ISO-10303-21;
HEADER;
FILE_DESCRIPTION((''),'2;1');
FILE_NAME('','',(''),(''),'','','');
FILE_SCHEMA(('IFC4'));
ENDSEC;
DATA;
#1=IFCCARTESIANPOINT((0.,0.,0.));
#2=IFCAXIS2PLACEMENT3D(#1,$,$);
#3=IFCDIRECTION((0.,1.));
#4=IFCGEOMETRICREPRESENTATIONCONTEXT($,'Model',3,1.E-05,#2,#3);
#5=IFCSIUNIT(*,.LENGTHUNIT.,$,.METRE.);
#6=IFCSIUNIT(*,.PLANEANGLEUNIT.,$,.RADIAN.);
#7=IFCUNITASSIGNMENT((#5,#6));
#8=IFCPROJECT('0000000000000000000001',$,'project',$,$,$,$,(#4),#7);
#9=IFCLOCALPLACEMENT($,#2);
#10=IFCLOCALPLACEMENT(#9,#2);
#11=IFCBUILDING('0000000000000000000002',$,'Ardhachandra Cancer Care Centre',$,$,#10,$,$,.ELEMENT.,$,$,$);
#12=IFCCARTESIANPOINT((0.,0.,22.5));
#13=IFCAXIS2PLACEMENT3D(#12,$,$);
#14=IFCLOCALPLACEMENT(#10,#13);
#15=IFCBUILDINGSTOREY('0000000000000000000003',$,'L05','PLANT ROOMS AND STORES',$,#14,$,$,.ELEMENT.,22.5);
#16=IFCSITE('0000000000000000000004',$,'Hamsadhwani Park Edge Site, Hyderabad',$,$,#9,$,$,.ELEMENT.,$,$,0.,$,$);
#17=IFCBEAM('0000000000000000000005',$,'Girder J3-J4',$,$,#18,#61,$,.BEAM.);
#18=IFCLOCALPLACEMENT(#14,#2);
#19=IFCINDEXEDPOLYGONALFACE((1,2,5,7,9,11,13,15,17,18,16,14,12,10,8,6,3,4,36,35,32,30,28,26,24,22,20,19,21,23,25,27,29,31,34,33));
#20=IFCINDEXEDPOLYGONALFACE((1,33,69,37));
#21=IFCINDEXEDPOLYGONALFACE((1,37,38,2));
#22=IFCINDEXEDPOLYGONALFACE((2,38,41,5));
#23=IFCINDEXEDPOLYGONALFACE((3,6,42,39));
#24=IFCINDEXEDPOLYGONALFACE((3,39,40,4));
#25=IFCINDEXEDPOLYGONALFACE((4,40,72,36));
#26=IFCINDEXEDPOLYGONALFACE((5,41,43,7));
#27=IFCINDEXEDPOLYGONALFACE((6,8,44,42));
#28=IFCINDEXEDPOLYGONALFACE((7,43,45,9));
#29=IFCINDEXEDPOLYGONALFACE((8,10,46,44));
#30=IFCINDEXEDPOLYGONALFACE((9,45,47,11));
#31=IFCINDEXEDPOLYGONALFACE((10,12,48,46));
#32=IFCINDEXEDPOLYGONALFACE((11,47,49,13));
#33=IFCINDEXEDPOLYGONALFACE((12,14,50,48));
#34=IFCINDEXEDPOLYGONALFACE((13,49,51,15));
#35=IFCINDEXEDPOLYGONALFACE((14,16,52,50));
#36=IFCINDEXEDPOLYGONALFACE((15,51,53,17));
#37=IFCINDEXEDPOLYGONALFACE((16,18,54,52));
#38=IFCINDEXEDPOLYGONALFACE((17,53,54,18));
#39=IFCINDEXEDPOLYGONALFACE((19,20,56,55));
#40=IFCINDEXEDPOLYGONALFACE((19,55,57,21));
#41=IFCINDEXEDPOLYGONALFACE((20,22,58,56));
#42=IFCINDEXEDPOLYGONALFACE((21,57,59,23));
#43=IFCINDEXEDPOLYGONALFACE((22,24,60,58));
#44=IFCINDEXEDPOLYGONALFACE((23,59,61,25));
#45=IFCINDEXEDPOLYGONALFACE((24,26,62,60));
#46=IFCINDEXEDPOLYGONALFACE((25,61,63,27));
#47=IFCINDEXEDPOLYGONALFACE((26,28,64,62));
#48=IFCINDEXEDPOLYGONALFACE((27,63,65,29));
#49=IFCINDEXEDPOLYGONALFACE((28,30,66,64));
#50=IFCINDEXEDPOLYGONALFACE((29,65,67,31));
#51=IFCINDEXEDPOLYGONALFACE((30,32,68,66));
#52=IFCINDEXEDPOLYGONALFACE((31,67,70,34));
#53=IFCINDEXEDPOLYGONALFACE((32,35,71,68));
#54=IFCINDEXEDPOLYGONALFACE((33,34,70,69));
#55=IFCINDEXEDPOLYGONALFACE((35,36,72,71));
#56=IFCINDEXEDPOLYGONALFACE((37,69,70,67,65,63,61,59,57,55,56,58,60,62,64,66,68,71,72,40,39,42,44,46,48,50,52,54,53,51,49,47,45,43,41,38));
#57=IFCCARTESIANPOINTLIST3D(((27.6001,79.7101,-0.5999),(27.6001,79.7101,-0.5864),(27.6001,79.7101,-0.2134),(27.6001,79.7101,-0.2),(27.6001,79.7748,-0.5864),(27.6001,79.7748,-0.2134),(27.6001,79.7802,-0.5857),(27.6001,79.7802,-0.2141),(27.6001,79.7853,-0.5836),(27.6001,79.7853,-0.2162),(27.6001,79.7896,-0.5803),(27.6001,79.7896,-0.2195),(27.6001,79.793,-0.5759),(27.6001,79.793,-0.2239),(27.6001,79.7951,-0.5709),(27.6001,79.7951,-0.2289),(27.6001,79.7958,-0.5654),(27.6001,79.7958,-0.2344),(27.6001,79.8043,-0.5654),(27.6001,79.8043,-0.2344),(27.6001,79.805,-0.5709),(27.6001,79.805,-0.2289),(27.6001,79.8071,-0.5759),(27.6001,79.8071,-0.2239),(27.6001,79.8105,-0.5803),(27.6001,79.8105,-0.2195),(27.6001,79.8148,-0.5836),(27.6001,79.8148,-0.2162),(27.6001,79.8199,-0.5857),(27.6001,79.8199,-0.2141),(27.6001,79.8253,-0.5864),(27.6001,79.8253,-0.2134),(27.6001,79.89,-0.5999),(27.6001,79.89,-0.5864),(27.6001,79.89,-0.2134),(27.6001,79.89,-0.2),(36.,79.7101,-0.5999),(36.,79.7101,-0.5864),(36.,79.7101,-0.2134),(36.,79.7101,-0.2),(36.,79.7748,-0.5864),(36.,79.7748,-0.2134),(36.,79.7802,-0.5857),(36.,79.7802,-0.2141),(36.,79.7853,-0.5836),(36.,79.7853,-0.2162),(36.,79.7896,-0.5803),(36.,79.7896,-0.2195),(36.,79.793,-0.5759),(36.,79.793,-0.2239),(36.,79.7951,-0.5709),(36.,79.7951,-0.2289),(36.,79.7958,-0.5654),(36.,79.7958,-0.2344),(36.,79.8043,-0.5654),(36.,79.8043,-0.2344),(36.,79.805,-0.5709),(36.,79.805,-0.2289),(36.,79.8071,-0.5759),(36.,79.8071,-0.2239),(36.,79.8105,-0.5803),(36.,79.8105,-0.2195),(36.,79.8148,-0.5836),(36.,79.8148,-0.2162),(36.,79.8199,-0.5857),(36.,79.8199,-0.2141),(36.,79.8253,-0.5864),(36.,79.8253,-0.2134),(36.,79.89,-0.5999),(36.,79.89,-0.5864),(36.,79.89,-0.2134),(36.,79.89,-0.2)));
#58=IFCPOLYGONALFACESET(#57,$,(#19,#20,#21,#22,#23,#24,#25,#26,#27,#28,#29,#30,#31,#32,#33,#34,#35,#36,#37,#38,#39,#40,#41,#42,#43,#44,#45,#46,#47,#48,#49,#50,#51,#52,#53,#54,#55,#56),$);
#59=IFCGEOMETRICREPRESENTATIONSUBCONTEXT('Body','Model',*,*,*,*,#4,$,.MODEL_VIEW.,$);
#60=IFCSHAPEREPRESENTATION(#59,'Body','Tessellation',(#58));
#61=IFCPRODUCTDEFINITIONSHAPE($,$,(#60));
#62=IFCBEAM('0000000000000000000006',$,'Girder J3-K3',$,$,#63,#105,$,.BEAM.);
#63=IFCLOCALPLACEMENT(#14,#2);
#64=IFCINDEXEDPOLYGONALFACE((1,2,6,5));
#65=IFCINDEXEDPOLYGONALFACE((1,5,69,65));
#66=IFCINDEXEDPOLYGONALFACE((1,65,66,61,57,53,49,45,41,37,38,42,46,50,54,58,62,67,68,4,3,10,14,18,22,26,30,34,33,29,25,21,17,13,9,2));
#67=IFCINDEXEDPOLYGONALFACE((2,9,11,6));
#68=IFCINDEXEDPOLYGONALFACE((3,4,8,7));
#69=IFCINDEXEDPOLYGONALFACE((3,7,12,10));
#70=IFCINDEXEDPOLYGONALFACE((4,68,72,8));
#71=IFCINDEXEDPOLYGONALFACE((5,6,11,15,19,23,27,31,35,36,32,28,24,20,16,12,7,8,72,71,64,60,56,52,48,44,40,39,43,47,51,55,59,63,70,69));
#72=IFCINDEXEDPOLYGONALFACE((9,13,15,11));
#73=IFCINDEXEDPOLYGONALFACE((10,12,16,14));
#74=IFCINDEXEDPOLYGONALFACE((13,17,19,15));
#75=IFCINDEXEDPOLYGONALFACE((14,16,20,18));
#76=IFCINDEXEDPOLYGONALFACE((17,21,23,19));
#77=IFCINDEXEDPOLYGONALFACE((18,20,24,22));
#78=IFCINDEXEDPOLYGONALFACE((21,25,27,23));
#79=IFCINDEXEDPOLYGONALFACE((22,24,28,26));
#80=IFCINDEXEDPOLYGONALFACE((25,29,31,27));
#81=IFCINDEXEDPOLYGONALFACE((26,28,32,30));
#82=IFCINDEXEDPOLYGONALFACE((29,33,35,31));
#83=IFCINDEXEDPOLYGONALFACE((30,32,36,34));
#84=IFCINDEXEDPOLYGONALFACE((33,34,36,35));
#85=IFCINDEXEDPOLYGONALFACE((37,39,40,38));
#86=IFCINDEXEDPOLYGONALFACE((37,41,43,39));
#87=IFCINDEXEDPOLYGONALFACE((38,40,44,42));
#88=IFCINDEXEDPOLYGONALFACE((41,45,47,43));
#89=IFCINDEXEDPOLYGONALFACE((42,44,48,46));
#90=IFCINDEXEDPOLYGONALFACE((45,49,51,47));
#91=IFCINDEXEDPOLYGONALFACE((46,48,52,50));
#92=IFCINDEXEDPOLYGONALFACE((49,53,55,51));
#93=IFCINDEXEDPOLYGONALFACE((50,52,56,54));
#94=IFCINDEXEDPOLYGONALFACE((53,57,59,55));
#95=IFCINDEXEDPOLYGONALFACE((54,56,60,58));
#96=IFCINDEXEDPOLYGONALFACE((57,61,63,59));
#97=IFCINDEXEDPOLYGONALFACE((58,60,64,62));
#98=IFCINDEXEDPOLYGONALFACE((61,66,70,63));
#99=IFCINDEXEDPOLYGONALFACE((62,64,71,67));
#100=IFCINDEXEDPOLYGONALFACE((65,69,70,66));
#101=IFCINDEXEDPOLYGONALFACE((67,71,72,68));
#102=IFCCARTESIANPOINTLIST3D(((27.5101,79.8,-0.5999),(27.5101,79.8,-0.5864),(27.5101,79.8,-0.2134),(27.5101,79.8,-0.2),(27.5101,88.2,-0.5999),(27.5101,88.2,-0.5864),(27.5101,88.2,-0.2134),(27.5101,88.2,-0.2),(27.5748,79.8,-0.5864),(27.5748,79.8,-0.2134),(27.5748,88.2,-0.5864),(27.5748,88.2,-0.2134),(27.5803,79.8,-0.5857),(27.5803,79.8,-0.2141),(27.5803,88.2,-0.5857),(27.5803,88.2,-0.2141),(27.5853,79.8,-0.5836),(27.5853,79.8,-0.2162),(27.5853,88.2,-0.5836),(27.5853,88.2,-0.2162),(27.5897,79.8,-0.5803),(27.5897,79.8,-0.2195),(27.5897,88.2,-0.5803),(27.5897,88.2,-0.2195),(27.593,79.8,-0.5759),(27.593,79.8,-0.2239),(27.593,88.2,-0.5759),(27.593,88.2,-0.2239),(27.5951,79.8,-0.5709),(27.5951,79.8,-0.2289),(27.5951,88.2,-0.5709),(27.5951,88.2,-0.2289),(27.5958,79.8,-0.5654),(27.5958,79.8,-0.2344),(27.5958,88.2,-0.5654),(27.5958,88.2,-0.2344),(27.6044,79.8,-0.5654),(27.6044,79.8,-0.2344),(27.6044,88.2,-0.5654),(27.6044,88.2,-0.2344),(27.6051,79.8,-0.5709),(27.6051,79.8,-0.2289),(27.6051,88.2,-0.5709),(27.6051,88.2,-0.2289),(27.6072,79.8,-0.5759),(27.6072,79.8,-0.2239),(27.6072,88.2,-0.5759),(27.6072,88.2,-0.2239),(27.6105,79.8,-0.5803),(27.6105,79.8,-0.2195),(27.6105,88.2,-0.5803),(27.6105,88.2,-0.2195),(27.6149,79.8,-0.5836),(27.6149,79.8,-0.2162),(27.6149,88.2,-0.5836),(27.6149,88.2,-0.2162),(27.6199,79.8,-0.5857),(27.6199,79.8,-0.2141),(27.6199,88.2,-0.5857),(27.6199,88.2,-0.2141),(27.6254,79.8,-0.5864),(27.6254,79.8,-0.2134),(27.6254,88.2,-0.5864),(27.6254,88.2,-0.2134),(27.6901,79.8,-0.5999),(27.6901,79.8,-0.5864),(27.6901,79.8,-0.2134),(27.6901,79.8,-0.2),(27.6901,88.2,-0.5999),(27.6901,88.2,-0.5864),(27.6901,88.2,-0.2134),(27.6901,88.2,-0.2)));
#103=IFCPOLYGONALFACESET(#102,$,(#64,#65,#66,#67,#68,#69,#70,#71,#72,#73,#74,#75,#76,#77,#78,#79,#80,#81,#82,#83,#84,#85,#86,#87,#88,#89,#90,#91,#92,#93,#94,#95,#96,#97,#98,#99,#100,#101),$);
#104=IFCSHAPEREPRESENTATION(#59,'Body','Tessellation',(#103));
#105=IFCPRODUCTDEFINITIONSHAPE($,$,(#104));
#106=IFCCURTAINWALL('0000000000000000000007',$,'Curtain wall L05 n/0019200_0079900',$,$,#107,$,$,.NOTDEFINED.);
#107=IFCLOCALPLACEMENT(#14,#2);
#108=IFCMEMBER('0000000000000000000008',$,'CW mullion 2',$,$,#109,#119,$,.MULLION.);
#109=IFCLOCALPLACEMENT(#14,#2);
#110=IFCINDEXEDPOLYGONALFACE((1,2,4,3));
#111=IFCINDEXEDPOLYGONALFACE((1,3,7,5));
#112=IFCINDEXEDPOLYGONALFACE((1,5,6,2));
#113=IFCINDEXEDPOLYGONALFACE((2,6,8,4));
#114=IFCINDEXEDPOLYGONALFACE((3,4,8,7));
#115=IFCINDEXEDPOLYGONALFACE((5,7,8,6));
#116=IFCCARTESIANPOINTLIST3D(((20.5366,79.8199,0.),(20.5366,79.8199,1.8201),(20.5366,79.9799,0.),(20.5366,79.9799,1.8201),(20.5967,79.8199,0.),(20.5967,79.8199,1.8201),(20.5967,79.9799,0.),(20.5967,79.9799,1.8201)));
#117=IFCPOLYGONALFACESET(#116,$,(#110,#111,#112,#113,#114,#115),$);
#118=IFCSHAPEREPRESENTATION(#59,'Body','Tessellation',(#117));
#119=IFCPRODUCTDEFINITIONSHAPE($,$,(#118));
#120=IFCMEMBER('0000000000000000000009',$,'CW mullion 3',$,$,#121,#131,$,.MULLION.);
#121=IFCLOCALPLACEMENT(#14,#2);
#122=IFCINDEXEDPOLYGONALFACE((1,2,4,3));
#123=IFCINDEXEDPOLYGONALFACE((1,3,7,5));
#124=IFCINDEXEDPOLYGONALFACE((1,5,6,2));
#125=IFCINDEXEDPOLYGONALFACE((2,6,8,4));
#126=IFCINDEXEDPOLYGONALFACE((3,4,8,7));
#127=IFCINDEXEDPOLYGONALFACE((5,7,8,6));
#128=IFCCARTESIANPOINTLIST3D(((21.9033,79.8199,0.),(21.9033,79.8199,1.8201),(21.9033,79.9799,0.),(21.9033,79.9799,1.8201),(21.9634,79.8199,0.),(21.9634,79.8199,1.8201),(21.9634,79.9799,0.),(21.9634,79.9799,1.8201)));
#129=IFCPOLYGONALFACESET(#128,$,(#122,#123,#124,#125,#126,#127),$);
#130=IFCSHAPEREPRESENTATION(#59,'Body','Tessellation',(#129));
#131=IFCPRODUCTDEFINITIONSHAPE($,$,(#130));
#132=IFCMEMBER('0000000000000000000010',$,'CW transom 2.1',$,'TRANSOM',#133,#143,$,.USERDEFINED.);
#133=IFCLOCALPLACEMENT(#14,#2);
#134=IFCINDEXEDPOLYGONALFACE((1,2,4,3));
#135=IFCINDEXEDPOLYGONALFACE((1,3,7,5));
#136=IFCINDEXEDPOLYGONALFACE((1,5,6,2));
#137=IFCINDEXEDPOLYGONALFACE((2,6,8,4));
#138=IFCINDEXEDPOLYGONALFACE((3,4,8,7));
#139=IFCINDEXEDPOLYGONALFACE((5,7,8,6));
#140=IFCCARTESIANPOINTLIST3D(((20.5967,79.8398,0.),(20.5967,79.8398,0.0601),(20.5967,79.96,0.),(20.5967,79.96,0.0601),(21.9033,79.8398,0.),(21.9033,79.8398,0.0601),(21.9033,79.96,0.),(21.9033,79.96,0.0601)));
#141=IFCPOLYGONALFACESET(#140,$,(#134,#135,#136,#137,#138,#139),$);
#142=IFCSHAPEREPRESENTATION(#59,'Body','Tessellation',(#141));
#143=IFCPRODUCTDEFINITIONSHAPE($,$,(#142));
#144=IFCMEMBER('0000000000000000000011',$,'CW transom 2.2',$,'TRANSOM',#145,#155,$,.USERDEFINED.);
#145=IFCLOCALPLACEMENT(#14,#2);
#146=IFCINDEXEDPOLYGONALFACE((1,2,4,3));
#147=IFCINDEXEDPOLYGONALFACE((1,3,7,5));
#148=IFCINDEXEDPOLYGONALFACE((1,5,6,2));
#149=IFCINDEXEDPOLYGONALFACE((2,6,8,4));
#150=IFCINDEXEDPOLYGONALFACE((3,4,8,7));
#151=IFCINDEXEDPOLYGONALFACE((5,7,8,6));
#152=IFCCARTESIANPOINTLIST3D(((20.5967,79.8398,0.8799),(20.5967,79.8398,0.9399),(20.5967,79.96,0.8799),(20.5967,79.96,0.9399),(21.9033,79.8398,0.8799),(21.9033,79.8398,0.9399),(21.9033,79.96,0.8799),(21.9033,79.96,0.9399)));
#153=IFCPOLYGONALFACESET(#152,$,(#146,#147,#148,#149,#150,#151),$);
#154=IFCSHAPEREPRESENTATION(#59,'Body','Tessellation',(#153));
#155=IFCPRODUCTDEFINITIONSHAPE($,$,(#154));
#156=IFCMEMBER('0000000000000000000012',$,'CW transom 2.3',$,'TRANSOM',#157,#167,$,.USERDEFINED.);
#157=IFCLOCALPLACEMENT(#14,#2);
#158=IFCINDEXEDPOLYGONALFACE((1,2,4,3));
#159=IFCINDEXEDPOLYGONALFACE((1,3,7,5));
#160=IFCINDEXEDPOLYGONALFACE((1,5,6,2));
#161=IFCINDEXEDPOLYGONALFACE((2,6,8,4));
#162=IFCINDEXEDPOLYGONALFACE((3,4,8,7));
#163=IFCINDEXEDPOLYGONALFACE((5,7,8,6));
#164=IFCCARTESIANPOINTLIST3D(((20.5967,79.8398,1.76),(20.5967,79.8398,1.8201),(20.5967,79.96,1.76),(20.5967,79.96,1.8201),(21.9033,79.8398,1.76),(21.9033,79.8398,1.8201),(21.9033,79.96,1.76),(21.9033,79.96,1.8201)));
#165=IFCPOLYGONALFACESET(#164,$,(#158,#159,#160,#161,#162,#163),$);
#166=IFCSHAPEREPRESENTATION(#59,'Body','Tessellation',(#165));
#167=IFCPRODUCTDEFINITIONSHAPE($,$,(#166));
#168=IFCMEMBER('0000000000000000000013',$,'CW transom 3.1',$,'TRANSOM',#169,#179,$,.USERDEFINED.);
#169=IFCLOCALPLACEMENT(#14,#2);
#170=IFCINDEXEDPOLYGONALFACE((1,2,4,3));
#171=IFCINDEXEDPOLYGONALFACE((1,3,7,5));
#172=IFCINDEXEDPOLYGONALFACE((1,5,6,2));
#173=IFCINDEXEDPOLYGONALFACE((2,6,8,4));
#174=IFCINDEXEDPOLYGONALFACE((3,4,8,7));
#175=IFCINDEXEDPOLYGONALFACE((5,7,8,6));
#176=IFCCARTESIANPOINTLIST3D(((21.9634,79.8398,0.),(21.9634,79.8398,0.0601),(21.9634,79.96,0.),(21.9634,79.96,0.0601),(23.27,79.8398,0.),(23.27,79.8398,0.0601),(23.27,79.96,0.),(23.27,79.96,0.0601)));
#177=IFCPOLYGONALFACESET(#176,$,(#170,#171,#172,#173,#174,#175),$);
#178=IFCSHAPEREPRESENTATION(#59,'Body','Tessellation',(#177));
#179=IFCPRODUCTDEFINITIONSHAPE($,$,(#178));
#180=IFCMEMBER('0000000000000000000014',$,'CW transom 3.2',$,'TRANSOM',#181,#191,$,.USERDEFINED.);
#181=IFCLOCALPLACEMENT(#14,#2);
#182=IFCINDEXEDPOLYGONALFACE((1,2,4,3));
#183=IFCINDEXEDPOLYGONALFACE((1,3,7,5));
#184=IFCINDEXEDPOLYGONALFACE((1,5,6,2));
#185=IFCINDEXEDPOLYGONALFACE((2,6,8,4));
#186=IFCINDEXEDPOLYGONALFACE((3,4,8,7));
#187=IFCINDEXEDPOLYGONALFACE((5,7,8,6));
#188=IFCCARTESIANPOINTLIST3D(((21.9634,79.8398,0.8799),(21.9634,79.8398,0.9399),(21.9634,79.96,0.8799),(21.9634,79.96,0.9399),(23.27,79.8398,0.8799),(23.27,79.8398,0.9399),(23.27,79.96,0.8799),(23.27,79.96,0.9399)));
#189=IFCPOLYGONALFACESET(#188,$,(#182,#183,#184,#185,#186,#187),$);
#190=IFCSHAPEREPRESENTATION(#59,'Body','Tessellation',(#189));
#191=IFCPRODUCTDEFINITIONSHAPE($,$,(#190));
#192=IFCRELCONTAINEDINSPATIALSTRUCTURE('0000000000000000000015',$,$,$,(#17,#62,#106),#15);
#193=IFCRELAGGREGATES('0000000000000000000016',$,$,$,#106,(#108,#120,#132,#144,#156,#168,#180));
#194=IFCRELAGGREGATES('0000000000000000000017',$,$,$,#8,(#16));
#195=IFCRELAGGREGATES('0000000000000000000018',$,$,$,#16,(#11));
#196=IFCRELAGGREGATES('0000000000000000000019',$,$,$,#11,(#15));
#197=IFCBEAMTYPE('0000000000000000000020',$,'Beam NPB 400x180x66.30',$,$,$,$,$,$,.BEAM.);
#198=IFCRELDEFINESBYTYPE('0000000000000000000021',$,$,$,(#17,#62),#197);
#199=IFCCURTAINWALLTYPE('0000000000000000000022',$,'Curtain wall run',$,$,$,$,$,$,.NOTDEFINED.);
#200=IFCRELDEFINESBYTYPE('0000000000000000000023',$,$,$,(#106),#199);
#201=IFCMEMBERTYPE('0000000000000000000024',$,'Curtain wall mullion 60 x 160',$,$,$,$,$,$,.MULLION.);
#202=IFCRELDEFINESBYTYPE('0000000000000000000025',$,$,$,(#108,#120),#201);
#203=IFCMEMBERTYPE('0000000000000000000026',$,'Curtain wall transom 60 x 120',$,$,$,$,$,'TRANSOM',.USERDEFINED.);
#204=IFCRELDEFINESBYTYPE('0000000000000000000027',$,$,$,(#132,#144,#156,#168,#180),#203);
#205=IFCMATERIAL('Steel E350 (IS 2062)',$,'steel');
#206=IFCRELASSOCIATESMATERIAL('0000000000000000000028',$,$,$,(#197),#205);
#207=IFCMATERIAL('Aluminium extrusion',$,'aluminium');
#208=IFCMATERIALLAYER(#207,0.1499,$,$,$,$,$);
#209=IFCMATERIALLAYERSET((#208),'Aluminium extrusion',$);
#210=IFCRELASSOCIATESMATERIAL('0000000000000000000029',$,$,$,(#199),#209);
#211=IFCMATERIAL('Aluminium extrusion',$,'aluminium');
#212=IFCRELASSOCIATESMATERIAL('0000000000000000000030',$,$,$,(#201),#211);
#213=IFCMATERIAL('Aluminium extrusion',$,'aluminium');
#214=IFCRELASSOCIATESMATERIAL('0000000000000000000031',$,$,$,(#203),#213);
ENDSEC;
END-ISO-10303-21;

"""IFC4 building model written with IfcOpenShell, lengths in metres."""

from ifc_helpers import new_model, si_unit, direction, frame, origin, origin_2d, place, context, subcontext, project, spatial, rectangle, i_section, extrude, material, layer, layer_set, material_profile, profile_set, type_object, element, aggregate, save


model = new_model("IFC4")

# Units and contexts
model_context = context("Model", 3, precision=1e-05, world=origin(), true_north=direction((0.0, 1.0)))
body_context = subcontext(model_context, "Body", "Model", "MODEL_VIEW")
ifc_project = project(units=[si_unit("LENGTHUNIT", "METRE"), si_unit("PLANEANGLEUNIT", "RADIAN")], contexts=[model_context])

# Site, building, storey
site_placement = place(None, origin())
site = spatial("IfcSite", under=ifc_project, at=site_placement, Name="Hamsadhwani Park Edge Site, Hyderabad", CompositionType="ELEMENT", RefElevation=0.0)
building_placement = place(site_placement, origin())
building = spatial("IfcBuilding", under=site, at=building_placement, Name="Ardhachandra Cancer Care Centre", CompositionType="ELEMENT")
storey_placement = place(building_placement, frame((0.0, 0.0, 22.5)))
storey = spatial("IfcBuildingStorey", under=building, at=storey_placement, Name="L05", Description="PLANT ROOMS AND STORES", CompositionType="ELEMENT", Elevation=22.5)

# Beams
ifc_material_1 = material(Name="Steel E350 (IS 2062)", Category="steel")
ifc_material_profile_1 = material_profile(ifc_material_1, i_section(OverallWidth=0.1799, OverallDepth=0.3999, WebThickness=0.0085, FlangeThickness=0.0134, FilletRadius=0.021, at=origin_2d()), Name="NPB 400x180x66.30")
ifc_profile_set_1 = profile_set([ifc_material_profile_1], Name="Steel E350 (IS 2062)")
beam_type_1 = type_object("IfcBeamType", Name="Beam NPB 400x180x66.30", PredefinedType="BEAM", material=ifc_profile_set_1)
for number, where, z_axis, x_axis, name in (
    (1, (27.6001, 79.8, -0.3999), (1.0, 0.0, 0.0), (0.0, 1.0, 0.0), "Girder J3-J4"),
    (2, (27.6001, 79.8, -0.3999), (0.0, 1.0, 0.0), (-1.0, 0.0, 0.0), "Girder J3-K3"),
):
    element("IfcBeam", number, at=place(storey_placement, frame(where, z_axis=z_axis, x_axis=x_axis)), inside=storey, type_object=beam_type_1, Name=name, PredefinedType="BEAM", context=body_context, shape_type="SweptSolid", body=[
        extrude(i_section(OverallWidth=0.1799, OverallDepth=0.3999, WebThickness=0.0085, FlangeThickness=0.0134, FilletRadius=0.021, at=origin_2d()), origin(), (0.0, 0.0, 1.0), 8.3999),
    ])

# Curtain wall, members
ifc_material_2 = material(Name="Aluminium extrusion", Category="aluminium")
ifc_layer_1 = layer(ifc_material_2, 0.1499)
ifc_layer_set_1 = layer_set([ifc_layer_1], Name="Aluminium extrusion")
curtain_wall_type = type_object("IfcCurtainWallType", Name="Curtain wall run", PredefinedType="NOTDEFINED", material=ifc_layer_set_1)
curtain_wall_placement = place(storey_placement, origin())
curtain_wall = element("IfcCurtainWall", 3, at=curtain_wall_placement, inside=storey, type_object=curtain_wall_type, Name="Curtain wall L05 n/0019200_0079900", PredefinedType="NOTDEFINED")
ifc_material_3 = material(Name="Aluminium extrusion", Category="aluminium")
ifc_material_profile_2 = material_profile(ifc_material_3, rectangle(XDim=0.1599, YDim=0.0601, at=origin_2d()), Name="Curtain wall mullion 60 x 160")
ifc_profile_set_2 = profile_set([ifc_material_profile_2], Name="Aluminium extrusion")
member_type_1 = type_object("IfcMemberType", Name="Curtain wall mullion 60 x 160", PredefinedType="MULLION", material=ifc_profile_set_2)
member_1_placement = place(storey_placement, frame((20.5667, 79.8999, 0.0), z_axis=(0.0, 0.0, 1.0), x_axis=(0.0, 1.0, 0.0)))
member_1 = element("IfcMember", 4, at=member_1_placement, type_object=member_type_1, Name="CW mullion 2", PredefinedType="MULLION", context=body_context, shape_type="SweptSolid", body=[
    extrude(rectangle(XDim=0.1599, YDim=0.0601, at=origin_2d()), origin(), (0.0, 0.0, 1.0), 1.8201),
])
member_2_placement = place(storey_placement, frame((21.9333, 79.8999, 0.0), z_axis=(0.0, 0.0, 1.0), x_axis=(0.0, 1.0, 0.0)))
member_2 = element("IfcMember", 5, at=member_2_placement, type_object=member_type_1, Name="CW mullion 3", PredefinedType="MULLION", context=body_context, shape_type="SweptSolid", body=[
    extrude(rectangle(XDim=0.1599, YDim=0.0601, at=origin_2d()), origin(), (0.0, 0.0, 1.0), 1.8201),
])
ifc_material_4 = material(Name="Aluminium extrusion", Category="aluminium")
ifc_material_profile_3 = material_profile(ifc_material_4, rectangle(XDim=0.1201, YDim=0.0601, at=origin_2d()), Name="Curtain wall transom 60 x 120")
ifc_profile_set_3 = profile_set([ifc_material_profile_3], Name="Aluminium extrusion")
member_type_2 = type_object("IfcMemberType", Name="Curtain wall transom 60 x 120", ElementType="TRANSOM", PredefinedType="USERDEFINED", material=ifc_profile_set_3)
member_3_placement = place(storey_placement, frame((20.5967, 79.8999, 0.03), z_axis=(1.0, 0.0, 0.0), x_axis=(0.0, 1.0, 0.0)))
member_3 = element("IfcMember", 6, at=member_3_placement, type_object=member_type_2, Name="CW transom 2.1", ObjectType="TRANSOM", PredefinedType="USERDEFINED", context=body_context, shape_type="SweptSolid", body=[
    extrude(rectangle(XDim=0.1201, YDim=0.0601, at=origin_2d()), origin(), (0.0, 0.0, 1.0), 1.3066),
])
member_4_placement = place(storey_placement, frame((20.5967, 79.8999, 0.9099), z_axis=(1.0, 0.0, 0.0), x_axis=(0.0, 1.0, 0.0)))
member_4 = element("IfcMember", 7, at=member_4_placement, type_object=member_type_2, Name="CW transom 2.2", ObjectType="TRANSOM", PredefinedType="USERDEFINED", context=body_context, shape_type="SweptSolid", body=[
    extrude(rectangle(XDim=0.1201, YDim=0.0601, at=origin_2d()), origin(), (0.0, 0.0, 1.0), 1.3066),
])
member_5_placement = place(storey_placement, frame((20.5967, 79.8999, 1.79), z_axis=(1.0, 0.0, 0.0), x_axis=(0.0, 1.0, 0.0)))
member_5 = element("IfcMember", 8, at=member_5_placement, type_object=member_type_2, Name="CW transom 2.3", ObjectType="TRANSOM", PredefinedType="USERDEFINED", context=body_context, shape_type="SweptSolid", body=[
    extrude(rectangle(XDim=0.1201, YDim=0.0601, at=origin_2d()), origin(), (0.0, 0.0, 1.0), 1.3066),
])
member_6_placement = place(storey_placement, frame((21.9634, 79.8999, 0.03), z_axis=(1.0, 0.0, 0.0), x_axis=(0.0, 1.0, 0.0)))
member_6 = element("IfcMember", 9, at=member_6_placement, type_object=member_type_2, Name="CW transom 3.1", ObjectType="TRANSOM", PredefinedType="USERDEFINED", context=body_context, shape_type="SweptSolid", body=[
    extrude(rectangle(XDim=0.1201, YDim=0.0601, at=origin_2d()), origin(), (0.0, 0.0, 1.0), 1.3066),
])
member_7_placement = place(storey_placement, frame((21.9634, 79.8999, 0.9099), z_axis=(1.0, 0.0, 0.0), x_axis=(0.0, 1.0, 0.0)))
member_7 = element("IfcMember", 10, at=member_7_placement, type_object=member_type_2, Name="CW transom 3.2", ObjectType="TRANSOM", PredefinedType="USERDEFINED", context=body_context, shape_type="SweptSolid", body=[
    extrude(rectangle(XDim=0.1201, YDim=0.0601, at=origin_2d()), origin(), (0.0, 0.0, 1.0), 1.3066),
])

aggregate(curtain_wall, [member_1, member_2, member_3, member_4, member_5, member_6, member_7])

save(model, "model.ifc")
